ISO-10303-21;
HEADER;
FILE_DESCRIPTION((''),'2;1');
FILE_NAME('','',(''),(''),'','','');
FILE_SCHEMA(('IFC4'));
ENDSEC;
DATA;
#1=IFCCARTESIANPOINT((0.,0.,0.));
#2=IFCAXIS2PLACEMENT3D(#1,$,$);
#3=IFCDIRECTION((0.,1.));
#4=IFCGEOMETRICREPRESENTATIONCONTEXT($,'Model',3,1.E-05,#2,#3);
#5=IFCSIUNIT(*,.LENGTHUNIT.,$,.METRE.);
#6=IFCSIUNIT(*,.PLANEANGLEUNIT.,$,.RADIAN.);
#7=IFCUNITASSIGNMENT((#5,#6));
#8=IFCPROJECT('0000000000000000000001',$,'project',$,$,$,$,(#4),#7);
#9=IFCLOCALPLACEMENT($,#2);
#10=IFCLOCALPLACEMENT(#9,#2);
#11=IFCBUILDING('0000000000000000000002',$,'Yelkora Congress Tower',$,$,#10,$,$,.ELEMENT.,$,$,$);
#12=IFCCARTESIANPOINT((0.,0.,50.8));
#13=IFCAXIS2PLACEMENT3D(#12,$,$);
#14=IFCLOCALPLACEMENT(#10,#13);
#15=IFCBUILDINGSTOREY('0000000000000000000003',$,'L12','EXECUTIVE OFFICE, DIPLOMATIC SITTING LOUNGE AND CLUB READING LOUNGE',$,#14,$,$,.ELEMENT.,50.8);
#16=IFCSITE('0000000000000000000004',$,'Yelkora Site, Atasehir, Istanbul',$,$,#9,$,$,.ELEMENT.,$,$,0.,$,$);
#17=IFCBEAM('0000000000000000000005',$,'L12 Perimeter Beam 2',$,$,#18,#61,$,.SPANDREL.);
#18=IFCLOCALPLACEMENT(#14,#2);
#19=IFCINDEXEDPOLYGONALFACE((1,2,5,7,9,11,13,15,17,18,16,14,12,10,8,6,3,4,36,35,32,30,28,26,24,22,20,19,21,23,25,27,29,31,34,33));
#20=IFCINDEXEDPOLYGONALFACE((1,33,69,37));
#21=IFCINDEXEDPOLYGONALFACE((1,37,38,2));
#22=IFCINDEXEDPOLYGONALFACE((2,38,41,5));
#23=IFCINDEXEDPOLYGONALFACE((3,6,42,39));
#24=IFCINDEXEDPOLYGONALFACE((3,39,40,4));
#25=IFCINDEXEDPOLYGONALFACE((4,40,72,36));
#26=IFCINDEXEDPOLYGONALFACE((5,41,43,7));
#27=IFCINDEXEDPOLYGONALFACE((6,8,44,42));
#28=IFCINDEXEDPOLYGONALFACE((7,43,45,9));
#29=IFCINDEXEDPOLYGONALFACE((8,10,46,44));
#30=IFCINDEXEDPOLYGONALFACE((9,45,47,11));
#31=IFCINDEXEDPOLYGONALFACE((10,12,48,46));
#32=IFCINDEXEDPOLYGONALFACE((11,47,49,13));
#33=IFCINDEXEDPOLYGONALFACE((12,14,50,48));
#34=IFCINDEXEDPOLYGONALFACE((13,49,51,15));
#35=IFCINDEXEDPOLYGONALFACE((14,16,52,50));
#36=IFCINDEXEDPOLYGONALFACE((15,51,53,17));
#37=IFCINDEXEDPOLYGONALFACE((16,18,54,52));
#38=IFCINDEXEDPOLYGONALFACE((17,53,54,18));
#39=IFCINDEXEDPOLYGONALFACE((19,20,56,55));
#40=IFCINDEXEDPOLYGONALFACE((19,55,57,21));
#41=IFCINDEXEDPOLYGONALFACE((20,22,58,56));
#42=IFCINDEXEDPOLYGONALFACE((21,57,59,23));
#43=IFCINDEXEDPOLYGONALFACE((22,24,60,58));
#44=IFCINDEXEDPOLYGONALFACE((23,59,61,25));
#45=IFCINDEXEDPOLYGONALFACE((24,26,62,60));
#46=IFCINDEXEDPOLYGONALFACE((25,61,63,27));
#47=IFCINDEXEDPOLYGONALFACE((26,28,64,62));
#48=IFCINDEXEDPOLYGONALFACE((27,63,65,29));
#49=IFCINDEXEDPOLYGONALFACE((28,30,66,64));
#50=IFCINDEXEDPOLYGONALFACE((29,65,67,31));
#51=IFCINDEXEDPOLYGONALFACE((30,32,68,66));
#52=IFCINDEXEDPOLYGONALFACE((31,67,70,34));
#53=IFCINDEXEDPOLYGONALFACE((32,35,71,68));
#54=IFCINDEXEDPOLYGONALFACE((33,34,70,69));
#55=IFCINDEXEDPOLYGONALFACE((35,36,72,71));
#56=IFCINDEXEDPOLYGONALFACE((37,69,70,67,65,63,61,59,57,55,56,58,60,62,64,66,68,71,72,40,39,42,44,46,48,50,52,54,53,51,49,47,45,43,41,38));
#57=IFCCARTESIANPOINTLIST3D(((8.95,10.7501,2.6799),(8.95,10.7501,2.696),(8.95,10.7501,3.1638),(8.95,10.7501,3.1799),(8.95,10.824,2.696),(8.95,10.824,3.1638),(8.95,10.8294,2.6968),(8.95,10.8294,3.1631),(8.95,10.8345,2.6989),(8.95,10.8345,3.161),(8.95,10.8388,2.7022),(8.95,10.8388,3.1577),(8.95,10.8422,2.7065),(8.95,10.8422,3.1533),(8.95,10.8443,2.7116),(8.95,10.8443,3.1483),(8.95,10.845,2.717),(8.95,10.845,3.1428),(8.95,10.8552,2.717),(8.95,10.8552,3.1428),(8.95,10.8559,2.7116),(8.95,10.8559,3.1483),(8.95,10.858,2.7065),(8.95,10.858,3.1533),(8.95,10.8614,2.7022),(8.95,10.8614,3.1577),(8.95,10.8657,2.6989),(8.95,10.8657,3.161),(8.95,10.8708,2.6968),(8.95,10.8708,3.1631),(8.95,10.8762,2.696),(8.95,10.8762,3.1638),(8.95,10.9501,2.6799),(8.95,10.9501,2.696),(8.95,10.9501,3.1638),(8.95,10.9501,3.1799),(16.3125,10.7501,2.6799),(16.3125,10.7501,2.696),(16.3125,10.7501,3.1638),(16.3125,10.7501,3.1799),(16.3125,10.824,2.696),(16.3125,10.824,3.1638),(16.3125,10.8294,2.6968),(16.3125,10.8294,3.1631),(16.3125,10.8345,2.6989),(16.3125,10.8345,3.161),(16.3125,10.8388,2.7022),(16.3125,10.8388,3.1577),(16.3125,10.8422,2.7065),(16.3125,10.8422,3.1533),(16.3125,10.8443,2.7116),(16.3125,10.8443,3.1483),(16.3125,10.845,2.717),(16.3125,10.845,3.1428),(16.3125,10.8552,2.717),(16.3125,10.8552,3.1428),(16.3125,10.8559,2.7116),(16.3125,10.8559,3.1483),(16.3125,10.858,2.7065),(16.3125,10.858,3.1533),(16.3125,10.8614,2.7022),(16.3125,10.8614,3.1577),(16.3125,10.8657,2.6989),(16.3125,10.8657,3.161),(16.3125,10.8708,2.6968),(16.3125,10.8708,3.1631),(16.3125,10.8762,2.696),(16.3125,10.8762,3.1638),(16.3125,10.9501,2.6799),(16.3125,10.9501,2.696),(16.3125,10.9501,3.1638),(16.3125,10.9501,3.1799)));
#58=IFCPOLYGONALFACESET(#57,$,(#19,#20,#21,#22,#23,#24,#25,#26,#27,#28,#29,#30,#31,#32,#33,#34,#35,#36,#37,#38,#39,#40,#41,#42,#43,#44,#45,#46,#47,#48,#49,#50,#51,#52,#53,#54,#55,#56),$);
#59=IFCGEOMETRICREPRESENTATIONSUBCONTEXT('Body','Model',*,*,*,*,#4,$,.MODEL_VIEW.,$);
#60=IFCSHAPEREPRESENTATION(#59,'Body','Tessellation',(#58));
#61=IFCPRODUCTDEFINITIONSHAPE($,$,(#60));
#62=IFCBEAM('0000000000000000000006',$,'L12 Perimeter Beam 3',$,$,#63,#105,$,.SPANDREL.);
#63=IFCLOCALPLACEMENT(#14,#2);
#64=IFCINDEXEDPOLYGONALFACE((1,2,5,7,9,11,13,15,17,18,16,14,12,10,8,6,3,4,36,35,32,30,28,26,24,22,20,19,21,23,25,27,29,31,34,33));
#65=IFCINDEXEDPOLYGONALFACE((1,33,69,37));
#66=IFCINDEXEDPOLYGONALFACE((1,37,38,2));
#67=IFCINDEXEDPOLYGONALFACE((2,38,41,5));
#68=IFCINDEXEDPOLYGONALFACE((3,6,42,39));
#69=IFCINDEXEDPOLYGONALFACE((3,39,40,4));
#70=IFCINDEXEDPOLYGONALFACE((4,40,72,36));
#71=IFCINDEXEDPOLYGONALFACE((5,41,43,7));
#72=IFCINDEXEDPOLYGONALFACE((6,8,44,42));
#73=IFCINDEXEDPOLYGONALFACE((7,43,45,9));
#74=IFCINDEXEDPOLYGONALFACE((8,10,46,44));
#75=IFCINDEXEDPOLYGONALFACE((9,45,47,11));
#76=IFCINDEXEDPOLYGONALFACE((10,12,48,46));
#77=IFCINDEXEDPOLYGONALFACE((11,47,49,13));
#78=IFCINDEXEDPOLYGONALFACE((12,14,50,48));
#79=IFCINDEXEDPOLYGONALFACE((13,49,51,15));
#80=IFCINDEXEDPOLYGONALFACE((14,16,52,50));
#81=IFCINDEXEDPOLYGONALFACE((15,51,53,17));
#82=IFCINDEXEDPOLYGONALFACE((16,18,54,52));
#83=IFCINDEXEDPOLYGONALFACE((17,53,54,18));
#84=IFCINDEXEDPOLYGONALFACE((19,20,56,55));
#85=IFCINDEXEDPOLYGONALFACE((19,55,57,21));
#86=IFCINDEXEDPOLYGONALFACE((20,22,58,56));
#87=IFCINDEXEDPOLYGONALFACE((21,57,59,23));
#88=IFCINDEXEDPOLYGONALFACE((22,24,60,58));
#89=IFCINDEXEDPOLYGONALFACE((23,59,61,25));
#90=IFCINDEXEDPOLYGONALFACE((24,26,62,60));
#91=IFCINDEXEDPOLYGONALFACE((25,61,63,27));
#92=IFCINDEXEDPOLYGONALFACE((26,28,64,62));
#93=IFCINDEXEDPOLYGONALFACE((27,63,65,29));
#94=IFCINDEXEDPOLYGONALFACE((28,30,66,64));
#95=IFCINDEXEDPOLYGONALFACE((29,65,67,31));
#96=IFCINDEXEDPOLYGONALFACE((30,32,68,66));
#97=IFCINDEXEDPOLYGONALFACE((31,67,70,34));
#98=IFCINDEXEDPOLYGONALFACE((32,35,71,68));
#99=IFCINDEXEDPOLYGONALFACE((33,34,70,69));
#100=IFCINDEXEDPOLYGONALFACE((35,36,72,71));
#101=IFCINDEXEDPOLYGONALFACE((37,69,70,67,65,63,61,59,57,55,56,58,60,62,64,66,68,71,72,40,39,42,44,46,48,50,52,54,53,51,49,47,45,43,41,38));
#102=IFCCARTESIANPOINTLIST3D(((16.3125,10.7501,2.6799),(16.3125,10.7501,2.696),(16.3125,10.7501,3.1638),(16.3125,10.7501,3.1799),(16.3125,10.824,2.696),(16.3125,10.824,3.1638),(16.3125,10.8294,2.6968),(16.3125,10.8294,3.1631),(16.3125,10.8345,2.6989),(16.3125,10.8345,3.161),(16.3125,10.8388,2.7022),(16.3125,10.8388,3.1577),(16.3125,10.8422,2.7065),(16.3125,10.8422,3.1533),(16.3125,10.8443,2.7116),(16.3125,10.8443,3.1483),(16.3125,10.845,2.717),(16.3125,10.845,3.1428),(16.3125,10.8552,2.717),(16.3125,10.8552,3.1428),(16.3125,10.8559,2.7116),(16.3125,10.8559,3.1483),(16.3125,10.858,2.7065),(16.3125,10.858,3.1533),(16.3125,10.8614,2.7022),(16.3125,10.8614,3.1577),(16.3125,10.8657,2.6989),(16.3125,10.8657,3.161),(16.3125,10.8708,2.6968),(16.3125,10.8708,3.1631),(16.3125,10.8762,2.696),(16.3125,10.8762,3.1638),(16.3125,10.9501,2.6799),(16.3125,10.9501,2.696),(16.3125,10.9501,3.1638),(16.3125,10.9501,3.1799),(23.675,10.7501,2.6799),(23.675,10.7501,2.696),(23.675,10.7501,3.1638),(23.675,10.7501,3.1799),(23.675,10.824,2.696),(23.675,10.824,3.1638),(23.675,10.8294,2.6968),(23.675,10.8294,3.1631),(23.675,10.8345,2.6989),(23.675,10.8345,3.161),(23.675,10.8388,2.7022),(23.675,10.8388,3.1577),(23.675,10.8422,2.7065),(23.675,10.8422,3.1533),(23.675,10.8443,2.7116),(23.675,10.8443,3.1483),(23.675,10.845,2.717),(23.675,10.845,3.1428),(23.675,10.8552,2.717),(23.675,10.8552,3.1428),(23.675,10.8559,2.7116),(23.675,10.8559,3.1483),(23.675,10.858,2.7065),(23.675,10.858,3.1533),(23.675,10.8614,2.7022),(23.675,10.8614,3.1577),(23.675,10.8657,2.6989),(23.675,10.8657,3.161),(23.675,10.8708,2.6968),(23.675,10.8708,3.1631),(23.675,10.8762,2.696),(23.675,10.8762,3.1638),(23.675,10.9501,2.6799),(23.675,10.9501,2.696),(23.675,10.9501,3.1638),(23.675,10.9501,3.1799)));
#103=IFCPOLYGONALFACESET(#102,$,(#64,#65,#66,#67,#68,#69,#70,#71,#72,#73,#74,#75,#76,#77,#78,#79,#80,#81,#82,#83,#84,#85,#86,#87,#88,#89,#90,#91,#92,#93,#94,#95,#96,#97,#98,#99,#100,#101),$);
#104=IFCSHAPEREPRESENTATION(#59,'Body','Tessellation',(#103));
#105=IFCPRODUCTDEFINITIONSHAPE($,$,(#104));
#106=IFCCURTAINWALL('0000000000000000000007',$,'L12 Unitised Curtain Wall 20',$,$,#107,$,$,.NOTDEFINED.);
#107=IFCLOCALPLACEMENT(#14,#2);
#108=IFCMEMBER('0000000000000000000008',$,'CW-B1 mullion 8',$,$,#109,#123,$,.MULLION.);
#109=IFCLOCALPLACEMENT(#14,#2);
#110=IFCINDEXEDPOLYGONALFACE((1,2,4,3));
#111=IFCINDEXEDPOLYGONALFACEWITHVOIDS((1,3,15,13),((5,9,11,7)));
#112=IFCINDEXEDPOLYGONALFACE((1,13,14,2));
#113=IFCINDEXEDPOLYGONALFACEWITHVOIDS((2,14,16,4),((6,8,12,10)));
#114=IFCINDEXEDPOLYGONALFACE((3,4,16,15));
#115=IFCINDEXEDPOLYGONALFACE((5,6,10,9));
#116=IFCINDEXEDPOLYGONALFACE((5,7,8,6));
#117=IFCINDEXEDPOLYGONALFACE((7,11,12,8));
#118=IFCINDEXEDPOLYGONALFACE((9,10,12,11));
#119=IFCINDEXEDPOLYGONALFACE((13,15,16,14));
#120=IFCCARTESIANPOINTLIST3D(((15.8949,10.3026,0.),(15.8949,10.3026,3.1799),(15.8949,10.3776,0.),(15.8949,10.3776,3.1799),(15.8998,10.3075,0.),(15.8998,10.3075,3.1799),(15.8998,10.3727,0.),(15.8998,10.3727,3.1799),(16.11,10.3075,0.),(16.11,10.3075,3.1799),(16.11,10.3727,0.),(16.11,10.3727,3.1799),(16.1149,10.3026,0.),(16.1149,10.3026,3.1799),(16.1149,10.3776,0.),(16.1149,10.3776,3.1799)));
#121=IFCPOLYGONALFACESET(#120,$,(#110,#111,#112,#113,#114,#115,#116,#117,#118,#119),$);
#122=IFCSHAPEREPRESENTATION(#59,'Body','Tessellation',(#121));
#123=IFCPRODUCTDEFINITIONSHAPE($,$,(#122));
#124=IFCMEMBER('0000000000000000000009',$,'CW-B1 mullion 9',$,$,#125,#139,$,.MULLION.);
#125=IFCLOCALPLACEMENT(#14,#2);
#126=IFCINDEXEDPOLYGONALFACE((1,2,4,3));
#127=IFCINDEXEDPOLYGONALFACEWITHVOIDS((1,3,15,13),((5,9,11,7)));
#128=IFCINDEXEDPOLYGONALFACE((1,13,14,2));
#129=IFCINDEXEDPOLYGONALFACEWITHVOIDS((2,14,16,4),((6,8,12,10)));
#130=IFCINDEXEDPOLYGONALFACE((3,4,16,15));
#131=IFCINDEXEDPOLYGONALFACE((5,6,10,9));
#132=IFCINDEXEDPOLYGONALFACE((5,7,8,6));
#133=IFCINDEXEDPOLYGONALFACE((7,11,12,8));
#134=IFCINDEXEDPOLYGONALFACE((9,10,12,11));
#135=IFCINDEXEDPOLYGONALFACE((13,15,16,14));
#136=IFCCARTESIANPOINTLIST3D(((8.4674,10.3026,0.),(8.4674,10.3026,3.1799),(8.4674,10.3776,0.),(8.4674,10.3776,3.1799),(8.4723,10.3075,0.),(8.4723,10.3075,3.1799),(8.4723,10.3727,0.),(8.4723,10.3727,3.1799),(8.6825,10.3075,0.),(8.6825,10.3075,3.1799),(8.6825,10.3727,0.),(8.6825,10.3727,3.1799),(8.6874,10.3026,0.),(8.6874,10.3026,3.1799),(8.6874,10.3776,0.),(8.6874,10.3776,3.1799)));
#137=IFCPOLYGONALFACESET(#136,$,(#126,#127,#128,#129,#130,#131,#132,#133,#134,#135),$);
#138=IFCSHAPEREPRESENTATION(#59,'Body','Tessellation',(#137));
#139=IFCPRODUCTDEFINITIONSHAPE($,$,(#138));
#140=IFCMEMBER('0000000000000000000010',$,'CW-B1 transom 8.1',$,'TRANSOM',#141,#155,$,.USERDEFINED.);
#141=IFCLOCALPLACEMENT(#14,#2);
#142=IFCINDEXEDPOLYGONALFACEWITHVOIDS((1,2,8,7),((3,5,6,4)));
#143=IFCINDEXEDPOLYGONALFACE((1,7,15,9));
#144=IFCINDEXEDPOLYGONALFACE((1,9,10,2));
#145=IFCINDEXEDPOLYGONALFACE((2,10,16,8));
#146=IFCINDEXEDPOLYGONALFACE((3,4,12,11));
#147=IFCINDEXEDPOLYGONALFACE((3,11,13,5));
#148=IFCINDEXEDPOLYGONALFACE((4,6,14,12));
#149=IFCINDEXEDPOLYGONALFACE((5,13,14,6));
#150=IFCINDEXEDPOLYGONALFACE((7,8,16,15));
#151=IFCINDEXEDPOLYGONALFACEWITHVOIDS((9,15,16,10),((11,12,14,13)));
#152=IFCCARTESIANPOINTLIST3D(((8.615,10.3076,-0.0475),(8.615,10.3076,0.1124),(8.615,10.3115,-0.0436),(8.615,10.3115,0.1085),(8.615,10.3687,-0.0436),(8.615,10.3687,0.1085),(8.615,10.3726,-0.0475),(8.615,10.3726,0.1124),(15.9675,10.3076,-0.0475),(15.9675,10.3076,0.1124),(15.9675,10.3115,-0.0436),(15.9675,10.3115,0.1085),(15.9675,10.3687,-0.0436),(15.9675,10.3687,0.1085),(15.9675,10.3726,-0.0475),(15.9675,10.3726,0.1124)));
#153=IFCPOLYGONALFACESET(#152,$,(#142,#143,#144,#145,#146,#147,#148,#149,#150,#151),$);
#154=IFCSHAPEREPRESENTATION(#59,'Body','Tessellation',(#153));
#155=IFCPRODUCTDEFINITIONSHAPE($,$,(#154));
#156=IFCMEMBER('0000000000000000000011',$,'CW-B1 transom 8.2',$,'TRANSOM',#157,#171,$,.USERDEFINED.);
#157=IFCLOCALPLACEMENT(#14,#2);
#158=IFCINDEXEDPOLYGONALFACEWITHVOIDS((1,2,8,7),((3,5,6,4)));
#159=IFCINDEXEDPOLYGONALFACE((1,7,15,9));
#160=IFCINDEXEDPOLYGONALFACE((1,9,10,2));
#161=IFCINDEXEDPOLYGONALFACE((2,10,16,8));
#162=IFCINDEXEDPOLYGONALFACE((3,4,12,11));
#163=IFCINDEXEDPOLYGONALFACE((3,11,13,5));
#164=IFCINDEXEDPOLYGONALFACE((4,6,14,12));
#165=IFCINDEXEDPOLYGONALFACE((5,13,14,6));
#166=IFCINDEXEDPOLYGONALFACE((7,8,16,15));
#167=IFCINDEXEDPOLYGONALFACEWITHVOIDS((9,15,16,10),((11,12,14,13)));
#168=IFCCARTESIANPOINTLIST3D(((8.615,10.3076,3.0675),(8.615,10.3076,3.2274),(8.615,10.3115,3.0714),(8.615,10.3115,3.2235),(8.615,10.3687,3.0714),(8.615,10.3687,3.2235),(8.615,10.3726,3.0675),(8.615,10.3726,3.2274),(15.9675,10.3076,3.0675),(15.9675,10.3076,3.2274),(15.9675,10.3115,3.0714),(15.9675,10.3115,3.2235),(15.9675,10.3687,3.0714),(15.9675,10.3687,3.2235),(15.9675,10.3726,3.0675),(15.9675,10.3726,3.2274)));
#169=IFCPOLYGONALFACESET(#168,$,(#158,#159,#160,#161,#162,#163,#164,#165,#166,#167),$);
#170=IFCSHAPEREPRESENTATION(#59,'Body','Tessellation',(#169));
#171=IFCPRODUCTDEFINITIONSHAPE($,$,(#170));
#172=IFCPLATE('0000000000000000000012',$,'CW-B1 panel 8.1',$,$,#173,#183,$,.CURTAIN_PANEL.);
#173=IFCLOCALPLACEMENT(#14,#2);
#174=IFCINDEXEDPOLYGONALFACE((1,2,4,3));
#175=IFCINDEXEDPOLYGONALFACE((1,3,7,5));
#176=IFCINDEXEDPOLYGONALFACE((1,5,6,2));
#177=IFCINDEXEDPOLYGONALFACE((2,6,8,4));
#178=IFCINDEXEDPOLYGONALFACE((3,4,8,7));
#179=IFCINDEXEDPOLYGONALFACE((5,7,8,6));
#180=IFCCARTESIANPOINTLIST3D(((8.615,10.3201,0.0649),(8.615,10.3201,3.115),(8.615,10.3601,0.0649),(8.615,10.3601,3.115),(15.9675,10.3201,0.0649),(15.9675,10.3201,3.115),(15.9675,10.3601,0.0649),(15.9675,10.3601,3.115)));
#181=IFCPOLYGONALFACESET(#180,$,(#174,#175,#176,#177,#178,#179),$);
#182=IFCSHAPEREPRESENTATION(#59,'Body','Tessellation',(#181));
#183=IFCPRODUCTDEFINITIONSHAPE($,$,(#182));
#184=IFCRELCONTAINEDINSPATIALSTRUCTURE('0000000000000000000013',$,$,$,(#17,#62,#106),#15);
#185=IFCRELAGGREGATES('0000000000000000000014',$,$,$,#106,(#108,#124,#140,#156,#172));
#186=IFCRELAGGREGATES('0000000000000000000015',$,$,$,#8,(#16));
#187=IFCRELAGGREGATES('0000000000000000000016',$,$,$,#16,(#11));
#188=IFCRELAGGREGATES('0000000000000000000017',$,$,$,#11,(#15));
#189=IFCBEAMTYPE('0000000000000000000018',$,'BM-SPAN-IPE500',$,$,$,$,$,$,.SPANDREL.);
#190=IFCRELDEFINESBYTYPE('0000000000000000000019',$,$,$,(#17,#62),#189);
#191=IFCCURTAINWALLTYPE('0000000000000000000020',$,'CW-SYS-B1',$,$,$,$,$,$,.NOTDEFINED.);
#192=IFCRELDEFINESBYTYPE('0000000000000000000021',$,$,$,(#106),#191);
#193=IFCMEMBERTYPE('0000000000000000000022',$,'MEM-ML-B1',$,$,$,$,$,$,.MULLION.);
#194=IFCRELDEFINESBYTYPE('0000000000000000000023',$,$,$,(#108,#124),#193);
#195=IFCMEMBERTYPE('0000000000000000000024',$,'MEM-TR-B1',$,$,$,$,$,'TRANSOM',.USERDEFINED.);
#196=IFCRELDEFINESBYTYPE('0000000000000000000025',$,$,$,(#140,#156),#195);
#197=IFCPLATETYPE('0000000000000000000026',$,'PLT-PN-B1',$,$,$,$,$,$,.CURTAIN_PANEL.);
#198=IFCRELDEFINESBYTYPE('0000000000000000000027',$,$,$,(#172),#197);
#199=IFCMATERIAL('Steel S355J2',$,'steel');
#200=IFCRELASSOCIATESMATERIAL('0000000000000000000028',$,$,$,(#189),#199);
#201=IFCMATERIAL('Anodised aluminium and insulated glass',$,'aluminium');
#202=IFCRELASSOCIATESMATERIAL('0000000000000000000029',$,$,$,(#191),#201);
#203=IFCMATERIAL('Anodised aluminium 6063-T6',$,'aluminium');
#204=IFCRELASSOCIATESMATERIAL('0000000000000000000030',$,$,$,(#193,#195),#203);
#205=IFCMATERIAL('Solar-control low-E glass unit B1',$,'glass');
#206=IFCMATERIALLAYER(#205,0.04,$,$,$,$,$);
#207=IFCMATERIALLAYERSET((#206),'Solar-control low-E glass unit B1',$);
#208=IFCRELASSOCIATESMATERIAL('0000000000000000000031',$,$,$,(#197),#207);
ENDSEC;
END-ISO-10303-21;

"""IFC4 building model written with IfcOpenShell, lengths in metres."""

from ifc_helpers import new_model, si_unit, direction, frame, origin, origin_2d, place, context, subcontext, project, spatial, rectangle, hollow_rectangle, i_section, extrude, material, layer, layer_set, material_profile, profile_set, type_object, element, aggregate, save


model = new_model("IFC4")

# Units and contexts
model_context = context("Model", 3, precision=1e-05, world=origin(), true_north=direction((0.0, 1.0)))
body_context = subcontext(model_context, "Body", "Model", "MODEL_VIEW")
ifc_project = project(units=[si_unit("LENGTHUNIT", "METRE"), si_unit("PLANEANGLEUNIT", "RADIAN")], contexts=[model_context])

# Site, building, storey
site_placement = place(None, origin())
site = spatial("IfcSite", under=ifc_project, at=site_placement, Name="Yelkora Site, Atasehir, Istanbul", CompositionType="ELEMENT", RefElevation=0.0)
building_placement = place(site_placement, origin())
building = spatial("IfcBuilding", under=site, at=building_placement, Name="Yelkora Congress Tower", CompositionType="ELEMENT")
storey_placement = place(building_placement, frame((0.0, 0.0, 50.8)))
storey = spatial("IfcBuildingStorey", under=building, at=storey_placement, Name="L12", Description="EXECUTIVE OFFICE, DIPLOMATIC SITTING LOUNGE AND CLUB READING LOUNGE", CompositionType="ELEMENT", Elevation=50.8)

# Beams
ifc_material_1 = material(Name="Steel S355J2", Category="steel")
ifc_material_profile_1 = material_profile(ifc_material_1, i_section(OverallWidth=0.2, OverallDepth=0.5, WebThickness=0.0103, FlangeThickness=0.0161, FilletRadius=0.021, at=origin_2d()), Name="IPE 500")
ifc_profile_set_1 = profile_set([ifc_material_profile_1], Name="Steel S355J2")
beam_type_1 = type_object("IfcBeamType", Name="BM-SPAN-IPE500", PredefinedType="SPANDREL", material=ifc_profile_set_1)
for number, where, z_axis, x_axis, name in (
    (1, (8.95, 10.8501, 2.9299), (1.0, 0.0, 0.0), (0.0, 1.0, 0.0), "L12 Perimeter Beam 2"),
    (2, (16.3125, 10.8501, 2.9299), (1.0, 0.0, 0.0), (0.0, 1.0, 0.0), "L12 Perimeter Beam 3"),
):
    element("IfcBeam", number, at=place(storey_placement, frame(where, z_axis=z_axis, x_axis=x_axis)), inside=storey, type_object=beam_type_1, Name=name, PredefinedType="SPANDREL", context=body_context, shape_type="SweptSolid", body=[
        extrude(i_section(OverallWidth=0.2, OverallDepth=0.5, WebThickness=0.0103, FlangeThickness=0.0161, FilletRadius=0.021, at=origin_2d()), origin(), (0.0, 0.0, 1.0), 7.3625),
    ])

# Curtain wall, members, plate
ifc_material_2 = material(Name="Anodised aluminium and insulated glass", Category="aluminium")
curtain_wall_type = type_object("IfcCurtainWallType", Name="CW-SYS-B1", PredefinedType="NOTDEFINED", material=ifc_material_2)
curtain_wall_placement = place(storey_placement, origin())
curtain_wall = element("IfcCurtainWall", 3, at=curtain_wall_placement, inside=storey, type_object=curtain_wall_type, Name="L12 Unitised Curtain Wall 20", PredefinedType="NOTDEFINED")
ifc_material_3 = material(Name="Anodised aluminium 6063-T6", Category="aluminium")
ifc_material_profile_2 = material_profile(ifc_material_3, hollow_rectangle(XDim=0.075, YDim=0.22, WallThickness=0.0049, at=origin_2d()), Name="ALU 75x220x5")
ifc_profile_set_2 = profile_set([ifc_material_profile_2], Name="Anodised aluminium 6063-T6")
member_type_1 = type_object("IfcMemberType", Name="MEM-ML-B1", PredefinedType="MULLION", material=ifc_profile_set_2)
member_1_placement = place(storey_placement, frame((16.0049, 10.3401, 0.0), z_axis=(0.0, 0.0, 1.0), x_axis=(0.0, -1.0, 0.0)))
member_1 = element("IfcMember", 4, at=member_1_placement, type_object=member_type_1, Name="CW-B1 mullion 8", PredefinedType="MULLION", context=body_context, shape_type="SweptSolid", body=[
    extrude(hollow_rectangle(XDim=0.075, YDim=0.22, WallThickness=0.0049, at=origin_2d()), origin(), (0.0, 0.0, 1.0), 3.1799),
])
member_2_placement = place(storey_placement, frame((8.5774, 10.3401, 0.0), z_axis=(0.0, 0.0, 1.0), x_axis=(0.0, -1.0, 0.0)))
member_2 = element("IfcMember", 5, at=member_2_placement, type_object=member_type_1, Name="CW-B1 mullion 9", PredefinedType="MULLION", context=body_context, shape_type="SweptSolid", body=[
    extrude(hollow_rectangle(XDim=0.075, YDim=0.22, WallThickness=0.0049, at=origin_2d()), origin(), (0.0, 0.0, 1.0), 3.1799),
])
ifc_material_profile_3 = material_profile(ifc_material_3, hollow_rectangle(XDim=0.0649, YDim=0.1599, WallThickness=0.0039, at=origin_2d()), Name="ALU 65x160x4")
ifc_profile_set_3 = profile_set([ifc_material_profile_3], Name="Anodised aluminium 6063-T6")
member_type_2 = type_object("IfcMemberType", Name="MEM-TR-B1", ElementType="TRANSOM", PredefinedType="USERDEFINED", material=ifc_profile_set_3)
member_3_placement = place(storey_placement, frame((15.9675, 10.3401, 0.0325), z_axis=(-1.0, 0.0, 0.0), x_axis=(0.0, -1.0, 0.0)))
member_3 = element("IfcMember", 6, at=member_3_placement, type_object=member_type_2, Name="CW-B1 transom 8.1", ObjectType="TRANSOM", PredefinedType="USERDEFINED", context=body_context, shape_type="SweptSolid", body=[
    extrude(hollow_rectangle(XDim=0.0649, YDim=0.1599, WallThickness=0.0039, at=origin_2d()), origin(), (0.0, 0.0, 1.0), 7.3525),
])
member_4_placement = place(storey_placement, frame((15.9675, 10.3401, 3.1475), z_axis=(-1.0, 0.0, 0.0), x_axis=(0.0, -1.0, 0.0)))
member_4 = element("IfcMember", 7, at=member_4_placement, type_object=member_type_2, Name="CW-B1 transom 8.2", ObjectType="TRANSOM", PredefinedType="USERDEFINED", context=body_context, shape_type="SweptSolid", body=[
    extrude(hollow_rectangle(XDim=0.0649, YDim=0.1599, WallThickness=0.0039, at=origin_2d()), origin(), (0.0, 0.0, 1.0), 7.3525),
])
ifc_material_4 = material(Name="Solar-control low-E glass unit B1", Category="glass")
ifc_layer_1 = layer(ifc_material_4, 0.04)
ifc_layer_set_1 = layer_set([ifc_layer_1], Name="Solar-control low-E glass unit B1")
plate_type = type_object("IfcPlateType", Name="PLT-PN-B1", PredefinedType="CURTAIN_PANEL", material=ifc_layer_set_1)
plate_placement = place(storey_placement, frame((12.2913, 10.3401, 0.0649), z_axis=(0.0, 0.0, 1.0), x_axis=(-1.0, 0.0, 0.0)))
plate = element("IfcPlate", 8, at=plate_placement, type_object=plate_type, Name="CW-B1 panel 8.1", PredefinedType="CURTAIN_PANEL", context=body_context, shape_type="SweptSolid", body=[
    extrude(rectangle(XDim=7.3525, YDim=0.04, at=origin_2d()), origin(), (0.0, 0.0, 1.0), 3.05),
])
aggregate(curtain_wall, [member_1, member_2, member_3, member_4, plate])

save(model, "model.ifc")
